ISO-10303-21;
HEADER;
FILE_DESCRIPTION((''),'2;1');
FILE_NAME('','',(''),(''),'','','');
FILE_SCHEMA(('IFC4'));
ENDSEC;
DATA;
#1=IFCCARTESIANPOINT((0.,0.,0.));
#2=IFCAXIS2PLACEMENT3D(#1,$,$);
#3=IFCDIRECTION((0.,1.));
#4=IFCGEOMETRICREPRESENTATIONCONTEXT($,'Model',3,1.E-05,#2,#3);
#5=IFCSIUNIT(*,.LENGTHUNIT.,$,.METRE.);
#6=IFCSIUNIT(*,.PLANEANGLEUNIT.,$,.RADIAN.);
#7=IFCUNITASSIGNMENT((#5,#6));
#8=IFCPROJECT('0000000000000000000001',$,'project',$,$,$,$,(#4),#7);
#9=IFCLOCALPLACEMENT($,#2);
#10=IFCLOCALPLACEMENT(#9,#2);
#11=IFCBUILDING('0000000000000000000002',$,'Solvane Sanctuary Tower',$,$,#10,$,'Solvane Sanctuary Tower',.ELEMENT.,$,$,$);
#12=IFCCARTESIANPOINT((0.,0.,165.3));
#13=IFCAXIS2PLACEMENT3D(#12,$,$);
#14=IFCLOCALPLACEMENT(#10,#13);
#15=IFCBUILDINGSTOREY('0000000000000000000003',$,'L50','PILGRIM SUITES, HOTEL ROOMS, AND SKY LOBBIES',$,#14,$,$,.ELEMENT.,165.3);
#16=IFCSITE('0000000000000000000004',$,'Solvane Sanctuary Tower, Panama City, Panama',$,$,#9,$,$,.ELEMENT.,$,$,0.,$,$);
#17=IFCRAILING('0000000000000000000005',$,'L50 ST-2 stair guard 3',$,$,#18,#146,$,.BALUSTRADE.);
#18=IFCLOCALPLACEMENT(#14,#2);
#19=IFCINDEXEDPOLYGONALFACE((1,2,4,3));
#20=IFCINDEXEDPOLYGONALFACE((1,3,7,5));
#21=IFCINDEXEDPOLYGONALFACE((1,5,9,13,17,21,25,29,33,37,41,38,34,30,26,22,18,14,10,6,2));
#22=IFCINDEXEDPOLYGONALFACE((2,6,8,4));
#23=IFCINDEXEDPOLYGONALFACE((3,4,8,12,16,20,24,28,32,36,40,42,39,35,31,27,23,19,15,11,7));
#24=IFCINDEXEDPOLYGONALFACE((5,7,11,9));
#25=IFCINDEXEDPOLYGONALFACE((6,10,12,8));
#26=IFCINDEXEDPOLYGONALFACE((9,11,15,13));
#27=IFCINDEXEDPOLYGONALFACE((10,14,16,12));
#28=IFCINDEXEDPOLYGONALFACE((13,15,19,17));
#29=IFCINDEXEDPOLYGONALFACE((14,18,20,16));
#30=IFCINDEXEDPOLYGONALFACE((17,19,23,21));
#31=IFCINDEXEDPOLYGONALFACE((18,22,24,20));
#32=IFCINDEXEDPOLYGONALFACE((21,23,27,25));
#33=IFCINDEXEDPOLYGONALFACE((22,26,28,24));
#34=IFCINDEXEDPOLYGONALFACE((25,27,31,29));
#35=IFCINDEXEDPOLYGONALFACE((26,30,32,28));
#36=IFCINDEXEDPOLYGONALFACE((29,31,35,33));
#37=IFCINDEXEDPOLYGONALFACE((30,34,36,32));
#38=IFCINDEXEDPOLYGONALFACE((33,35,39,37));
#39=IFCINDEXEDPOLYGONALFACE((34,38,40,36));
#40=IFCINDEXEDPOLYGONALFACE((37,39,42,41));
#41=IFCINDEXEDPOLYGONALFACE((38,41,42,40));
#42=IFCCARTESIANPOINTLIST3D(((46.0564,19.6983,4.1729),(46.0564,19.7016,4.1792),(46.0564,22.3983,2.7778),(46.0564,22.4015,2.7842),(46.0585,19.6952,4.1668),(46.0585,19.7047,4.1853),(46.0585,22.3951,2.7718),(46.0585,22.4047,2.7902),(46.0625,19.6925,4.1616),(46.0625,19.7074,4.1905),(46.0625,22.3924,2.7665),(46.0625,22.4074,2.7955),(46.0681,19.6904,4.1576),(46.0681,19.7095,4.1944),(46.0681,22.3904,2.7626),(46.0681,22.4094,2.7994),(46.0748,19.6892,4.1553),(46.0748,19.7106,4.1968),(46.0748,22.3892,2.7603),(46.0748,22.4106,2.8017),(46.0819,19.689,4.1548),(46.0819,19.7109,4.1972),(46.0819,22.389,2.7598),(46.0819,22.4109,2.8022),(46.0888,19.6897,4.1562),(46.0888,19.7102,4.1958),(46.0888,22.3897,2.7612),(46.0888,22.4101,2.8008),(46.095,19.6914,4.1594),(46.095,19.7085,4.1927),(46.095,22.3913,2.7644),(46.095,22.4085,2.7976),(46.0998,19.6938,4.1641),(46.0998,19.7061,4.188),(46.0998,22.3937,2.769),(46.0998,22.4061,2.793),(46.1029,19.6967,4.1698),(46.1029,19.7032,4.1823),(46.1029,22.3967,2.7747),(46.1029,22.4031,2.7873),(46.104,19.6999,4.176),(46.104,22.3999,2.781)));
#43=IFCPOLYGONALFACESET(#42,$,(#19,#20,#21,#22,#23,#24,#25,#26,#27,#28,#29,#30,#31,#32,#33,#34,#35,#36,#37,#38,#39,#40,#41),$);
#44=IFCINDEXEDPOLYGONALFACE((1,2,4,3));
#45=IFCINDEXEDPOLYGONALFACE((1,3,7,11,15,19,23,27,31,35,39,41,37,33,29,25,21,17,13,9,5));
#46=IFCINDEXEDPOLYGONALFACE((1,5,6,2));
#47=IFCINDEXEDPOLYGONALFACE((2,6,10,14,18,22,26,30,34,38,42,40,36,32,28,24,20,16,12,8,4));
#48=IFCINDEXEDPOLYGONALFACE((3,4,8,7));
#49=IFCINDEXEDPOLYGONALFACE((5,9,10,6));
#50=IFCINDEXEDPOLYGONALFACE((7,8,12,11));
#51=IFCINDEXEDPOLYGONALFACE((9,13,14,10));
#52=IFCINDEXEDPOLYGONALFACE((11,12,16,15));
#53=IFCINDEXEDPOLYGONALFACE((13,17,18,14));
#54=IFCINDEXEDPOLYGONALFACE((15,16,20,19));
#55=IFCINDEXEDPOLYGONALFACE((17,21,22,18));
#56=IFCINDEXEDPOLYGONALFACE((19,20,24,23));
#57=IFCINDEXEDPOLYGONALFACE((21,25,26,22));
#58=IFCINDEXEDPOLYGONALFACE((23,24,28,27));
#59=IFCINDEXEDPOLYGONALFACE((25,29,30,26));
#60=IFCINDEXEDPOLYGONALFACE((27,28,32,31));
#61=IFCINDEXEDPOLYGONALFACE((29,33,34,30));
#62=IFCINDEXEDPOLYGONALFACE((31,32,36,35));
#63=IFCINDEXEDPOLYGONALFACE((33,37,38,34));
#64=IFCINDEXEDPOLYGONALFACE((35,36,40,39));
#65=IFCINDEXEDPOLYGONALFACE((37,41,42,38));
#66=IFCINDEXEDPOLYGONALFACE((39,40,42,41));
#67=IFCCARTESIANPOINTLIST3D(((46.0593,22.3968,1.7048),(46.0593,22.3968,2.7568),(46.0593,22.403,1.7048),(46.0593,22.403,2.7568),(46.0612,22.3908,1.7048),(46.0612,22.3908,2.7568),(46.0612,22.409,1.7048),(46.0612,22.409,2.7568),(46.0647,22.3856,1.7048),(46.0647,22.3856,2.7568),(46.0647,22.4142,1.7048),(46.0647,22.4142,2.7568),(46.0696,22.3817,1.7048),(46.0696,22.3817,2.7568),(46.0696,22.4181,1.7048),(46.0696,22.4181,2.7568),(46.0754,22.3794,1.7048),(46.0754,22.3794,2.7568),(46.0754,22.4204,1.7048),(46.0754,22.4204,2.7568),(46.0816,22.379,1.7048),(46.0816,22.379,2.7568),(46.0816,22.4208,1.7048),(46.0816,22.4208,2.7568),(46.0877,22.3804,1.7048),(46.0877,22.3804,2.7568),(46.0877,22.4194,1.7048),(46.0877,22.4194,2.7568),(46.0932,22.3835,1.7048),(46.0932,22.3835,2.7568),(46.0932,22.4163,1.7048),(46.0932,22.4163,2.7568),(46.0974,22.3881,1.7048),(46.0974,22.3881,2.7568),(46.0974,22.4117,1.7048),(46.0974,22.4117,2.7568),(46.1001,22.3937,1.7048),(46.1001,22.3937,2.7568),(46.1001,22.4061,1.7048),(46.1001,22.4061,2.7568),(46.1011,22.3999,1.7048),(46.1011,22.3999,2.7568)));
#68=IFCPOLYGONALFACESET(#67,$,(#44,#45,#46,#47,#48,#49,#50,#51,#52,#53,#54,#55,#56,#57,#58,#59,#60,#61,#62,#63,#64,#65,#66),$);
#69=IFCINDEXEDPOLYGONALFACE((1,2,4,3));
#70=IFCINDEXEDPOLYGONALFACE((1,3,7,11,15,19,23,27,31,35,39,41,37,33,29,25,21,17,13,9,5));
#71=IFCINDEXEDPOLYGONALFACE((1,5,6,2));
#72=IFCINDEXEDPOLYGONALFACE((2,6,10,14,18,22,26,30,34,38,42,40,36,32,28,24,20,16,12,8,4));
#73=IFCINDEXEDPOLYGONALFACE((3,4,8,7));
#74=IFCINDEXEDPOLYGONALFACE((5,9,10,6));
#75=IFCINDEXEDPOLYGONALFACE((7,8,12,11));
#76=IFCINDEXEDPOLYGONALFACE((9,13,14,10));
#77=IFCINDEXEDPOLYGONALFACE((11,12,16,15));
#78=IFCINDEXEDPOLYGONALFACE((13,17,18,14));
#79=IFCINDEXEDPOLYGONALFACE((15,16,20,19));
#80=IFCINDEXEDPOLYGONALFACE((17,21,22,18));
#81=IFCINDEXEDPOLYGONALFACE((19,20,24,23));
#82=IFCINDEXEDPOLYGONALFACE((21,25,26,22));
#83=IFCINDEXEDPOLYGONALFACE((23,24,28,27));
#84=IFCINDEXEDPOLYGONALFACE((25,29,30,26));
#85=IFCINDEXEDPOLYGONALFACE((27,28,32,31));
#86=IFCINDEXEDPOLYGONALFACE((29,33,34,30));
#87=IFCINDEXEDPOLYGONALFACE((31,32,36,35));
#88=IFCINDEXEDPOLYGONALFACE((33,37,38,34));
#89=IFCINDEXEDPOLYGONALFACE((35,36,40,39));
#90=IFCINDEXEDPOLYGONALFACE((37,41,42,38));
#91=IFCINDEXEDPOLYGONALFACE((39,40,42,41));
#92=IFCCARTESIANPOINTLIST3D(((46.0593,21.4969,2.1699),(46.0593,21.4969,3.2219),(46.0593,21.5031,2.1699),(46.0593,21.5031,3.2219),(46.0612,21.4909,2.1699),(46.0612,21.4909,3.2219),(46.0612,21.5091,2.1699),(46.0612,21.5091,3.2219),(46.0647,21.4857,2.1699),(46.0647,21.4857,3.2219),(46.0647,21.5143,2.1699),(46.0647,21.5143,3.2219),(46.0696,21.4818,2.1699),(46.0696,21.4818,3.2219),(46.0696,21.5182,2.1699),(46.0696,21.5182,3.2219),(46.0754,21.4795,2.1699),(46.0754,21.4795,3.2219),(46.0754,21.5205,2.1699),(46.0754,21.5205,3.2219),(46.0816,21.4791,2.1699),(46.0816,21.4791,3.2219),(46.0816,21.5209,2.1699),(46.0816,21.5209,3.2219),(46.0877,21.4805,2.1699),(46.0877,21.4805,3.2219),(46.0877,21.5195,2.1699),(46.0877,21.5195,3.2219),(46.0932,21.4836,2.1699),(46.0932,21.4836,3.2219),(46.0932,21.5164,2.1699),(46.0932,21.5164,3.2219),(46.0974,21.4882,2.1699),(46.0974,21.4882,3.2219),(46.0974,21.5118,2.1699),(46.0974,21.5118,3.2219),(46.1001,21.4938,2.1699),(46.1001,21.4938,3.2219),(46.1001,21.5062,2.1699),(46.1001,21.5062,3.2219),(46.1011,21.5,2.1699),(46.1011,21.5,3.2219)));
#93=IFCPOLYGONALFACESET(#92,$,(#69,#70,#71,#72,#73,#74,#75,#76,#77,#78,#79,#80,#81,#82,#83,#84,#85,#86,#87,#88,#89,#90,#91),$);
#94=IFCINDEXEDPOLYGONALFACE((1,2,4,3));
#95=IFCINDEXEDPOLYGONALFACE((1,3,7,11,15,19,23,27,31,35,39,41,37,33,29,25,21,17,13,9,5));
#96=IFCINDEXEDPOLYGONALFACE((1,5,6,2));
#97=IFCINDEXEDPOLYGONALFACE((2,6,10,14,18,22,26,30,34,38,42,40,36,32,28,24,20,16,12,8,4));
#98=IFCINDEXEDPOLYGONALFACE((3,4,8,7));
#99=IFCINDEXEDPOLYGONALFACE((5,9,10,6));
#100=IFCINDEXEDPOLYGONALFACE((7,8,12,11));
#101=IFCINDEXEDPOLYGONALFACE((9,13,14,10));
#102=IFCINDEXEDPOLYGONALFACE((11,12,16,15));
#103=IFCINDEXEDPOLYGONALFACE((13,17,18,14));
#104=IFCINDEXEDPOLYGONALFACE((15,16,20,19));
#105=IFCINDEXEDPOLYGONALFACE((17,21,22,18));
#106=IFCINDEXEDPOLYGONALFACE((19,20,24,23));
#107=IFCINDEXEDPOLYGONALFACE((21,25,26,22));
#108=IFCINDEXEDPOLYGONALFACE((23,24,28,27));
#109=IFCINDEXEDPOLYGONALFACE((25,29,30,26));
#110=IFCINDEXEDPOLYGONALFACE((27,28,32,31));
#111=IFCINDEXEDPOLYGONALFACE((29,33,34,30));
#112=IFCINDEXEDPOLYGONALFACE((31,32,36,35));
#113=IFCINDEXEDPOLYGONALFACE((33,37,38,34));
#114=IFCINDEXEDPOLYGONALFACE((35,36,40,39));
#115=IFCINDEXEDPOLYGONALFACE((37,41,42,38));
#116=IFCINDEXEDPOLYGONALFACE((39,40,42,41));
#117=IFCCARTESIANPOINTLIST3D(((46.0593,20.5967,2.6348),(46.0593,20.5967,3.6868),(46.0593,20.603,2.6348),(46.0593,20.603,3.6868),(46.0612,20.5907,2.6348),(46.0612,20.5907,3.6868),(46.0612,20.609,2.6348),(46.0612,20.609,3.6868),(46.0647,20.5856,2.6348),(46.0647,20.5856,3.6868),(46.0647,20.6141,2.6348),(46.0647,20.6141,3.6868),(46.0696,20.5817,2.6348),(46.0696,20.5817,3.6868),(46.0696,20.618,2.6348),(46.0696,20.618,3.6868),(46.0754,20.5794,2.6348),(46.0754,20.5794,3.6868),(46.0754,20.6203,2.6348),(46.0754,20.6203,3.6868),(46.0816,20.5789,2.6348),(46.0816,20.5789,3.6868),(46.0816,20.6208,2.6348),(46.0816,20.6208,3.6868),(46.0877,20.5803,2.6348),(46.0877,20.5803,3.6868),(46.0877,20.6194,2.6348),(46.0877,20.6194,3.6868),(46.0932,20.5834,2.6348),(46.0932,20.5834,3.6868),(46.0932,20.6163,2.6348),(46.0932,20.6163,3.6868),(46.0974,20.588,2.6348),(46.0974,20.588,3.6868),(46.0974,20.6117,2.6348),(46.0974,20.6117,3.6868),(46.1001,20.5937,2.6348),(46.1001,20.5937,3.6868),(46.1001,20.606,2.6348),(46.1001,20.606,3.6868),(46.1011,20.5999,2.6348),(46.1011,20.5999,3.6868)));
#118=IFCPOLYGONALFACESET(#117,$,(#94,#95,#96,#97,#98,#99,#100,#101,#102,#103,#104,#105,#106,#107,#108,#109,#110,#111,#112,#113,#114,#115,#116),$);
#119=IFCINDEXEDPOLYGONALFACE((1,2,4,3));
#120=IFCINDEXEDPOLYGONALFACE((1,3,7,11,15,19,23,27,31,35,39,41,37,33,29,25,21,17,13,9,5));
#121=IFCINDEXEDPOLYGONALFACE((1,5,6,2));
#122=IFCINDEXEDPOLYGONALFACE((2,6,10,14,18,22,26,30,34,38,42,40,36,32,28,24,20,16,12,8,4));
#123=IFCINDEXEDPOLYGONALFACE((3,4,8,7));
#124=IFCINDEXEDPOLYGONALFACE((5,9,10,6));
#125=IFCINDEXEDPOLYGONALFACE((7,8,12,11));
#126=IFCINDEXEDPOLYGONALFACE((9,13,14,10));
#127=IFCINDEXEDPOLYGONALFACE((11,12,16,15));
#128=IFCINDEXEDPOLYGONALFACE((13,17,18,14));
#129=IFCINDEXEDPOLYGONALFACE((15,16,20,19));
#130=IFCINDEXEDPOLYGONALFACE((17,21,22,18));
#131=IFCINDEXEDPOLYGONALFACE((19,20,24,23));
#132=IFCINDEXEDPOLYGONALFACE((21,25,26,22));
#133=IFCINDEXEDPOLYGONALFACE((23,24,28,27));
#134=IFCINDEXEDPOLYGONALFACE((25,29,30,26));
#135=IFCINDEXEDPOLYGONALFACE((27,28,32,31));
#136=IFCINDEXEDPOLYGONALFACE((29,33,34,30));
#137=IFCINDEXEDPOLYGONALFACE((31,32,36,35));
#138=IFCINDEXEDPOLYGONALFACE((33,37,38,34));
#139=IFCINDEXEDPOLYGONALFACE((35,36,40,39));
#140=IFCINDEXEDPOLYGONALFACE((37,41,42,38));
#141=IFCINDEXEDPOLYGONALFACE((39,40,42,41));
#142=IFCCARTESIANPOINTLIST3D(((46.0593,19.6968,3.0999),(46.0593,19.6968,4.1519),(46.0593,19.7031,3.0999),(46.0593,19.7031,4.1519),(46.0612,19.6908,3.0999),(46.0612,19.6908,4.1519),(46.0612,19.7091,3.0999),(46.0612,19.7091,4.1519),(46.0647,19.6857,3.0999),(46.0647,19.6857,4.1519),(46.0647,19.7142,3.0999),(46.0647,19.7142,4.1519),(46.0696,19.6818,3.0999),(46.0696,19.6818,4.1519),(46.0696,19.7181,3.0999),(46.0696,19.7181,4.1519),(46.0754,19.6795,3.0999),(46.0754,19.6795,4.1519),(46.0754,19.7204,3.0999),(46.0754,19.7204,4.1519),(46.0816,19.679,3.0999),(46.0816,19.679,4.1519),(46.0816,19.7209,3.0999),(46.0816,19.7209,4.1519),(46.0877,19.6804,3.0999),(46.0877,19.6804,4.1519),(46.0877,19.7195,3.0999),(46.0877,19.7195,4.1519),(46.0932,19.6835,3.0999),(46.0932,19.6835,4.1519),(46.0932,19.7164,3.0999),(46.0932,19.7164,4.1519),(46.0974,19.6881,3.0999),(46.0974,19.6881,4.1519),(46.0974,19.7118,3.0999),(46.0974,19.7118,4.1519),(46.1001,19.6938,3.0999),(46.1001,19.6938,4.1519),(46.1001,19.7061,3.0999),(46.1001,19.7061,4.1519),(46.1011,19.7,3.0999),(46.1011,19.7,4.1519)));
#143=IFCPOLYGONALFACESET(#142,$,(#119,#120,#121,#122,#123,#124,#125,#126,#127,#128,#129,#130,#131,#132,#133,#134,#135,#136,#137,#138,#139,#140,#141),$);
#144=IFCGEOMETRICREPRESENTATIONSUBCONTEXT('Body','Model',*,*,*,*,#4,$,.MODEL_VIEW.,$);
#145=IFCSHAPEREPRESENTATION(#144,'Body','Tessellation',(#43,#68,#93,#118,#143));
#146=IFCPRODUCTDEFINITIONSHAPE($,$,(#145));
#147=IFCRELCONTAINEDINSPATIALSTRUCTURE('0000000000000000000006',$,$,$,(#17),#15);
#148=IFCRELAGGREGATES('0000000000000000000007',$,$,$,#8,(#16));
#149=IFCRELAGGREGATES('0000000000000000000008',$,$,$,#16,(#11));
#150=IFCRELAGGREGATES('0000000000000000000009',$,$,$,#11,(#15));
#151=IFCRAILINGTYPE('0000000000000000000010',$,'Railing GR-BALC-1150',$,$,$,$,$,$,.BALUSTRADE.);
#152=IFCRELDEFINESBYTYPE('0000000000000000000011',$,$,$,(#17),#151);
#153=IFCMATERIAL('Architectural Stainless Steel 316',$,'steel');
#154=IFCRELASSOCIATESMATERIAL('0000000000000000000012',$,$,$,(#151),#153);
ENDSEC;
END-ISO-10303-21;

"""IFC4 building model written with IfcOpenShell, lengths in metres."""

from ifc_helpers import new_model, si_unit, direction, frame, origin, origin_2d, place, context, subcontext, project, spatial, circle, extrude, material, type_object, element, save


model = new_model("IFC4")

# Units and contexts
model_context = context("Model", 3, precision=1e-05, world=origin(), true_north=direction((0.0, 1.0)))
body_context = subcontext(model_context, "Body", "Model", "MODEL_VIEW")
ifc_project = project(units=[si_unit("LENGTHUNIT", "METRE"), si_unit("PLANEANGLEUNIT", "RADIAN")], contexts=[model_context])

# Site, building, storey
site_placement = place(None, origin())
site = spatial("IfcSite", under=ifc_project, at=site_placement, Name="Solvane Sanctuary Tower, Panama City, Panama", CompositionType="ELEMENT", RefElevation=0.0)
building_placement = place(site_placement, origin())
building = spatial("IfcBuilding", under=site, at=building_placement, Name="Solvane Sanctuary Tower", LongName="Solvane Sanctuary Tower", CompositionType="ELEMENT")
storey_placement = place(building_placement, frame((0.0, 0.0, 165.3)))
storey = spatial("IfcBuildingStorey", under=building, at=storey_placement, Name="L50", Description="PILGRIM SUITES, HOTEL ROOMS, AND SKY LOBBIES", CompositionType="ELEMENT", Elevation=165.3)

# Shared definitions
ifc_material_1 = material(Name="Architectural Stainless Steel 316", Category="steel")

# Railing
railing_type_1 = type_object("IfcRailingType", Name="Railing GR-BALC-1150", PredefinedType="BALUSTRADE", material=ifc_material_1)
railing_1_placement = place(storey_placement, frame((46.0801, 22.3999, 1.7048)))
element("IfcRailing", 1, at=railing_1_placement, inside=storey, type_object=railing_type_1, Name="L50 ST-2 stair guard 3", PredefinedType="BALUSTRADE", context=body_context, shape_type="SweptSolid", body=[
    extrude(circle(Radius=0.0239, at=origin_2d()), frame((0.0, 0.0, 1.0762), z_axis=(0.0, -0.88842, 0.459032), x_axis=(1.0, 0.0, 0.0)), (0.0, 0.0, 1.0), 3.0391),
    extrude(circle(Radius=0.021, at=origin_2d()), origin(), (0.0, 0.0, 1.0), 1.052),
    extrude(circle(Radius=0.021, at=origin_2d()), frame((0.0, -0.8999, 0.4651)), (0.0, 0.0, 1.0), 1.052),
    extrude(circle(Radius=0.021, at=origin_2d()), frame((0.0, -1.8, 0.9299)), (0.0, 0.0, 1.0), 1.052),
    extrude(circle(Radius=0.021, at=origin_2d()), frame((0.0, -2.7, 1.395)), (0.0, 0.0, 1.0), 1.052),
])

save(model, "model.ifc")
